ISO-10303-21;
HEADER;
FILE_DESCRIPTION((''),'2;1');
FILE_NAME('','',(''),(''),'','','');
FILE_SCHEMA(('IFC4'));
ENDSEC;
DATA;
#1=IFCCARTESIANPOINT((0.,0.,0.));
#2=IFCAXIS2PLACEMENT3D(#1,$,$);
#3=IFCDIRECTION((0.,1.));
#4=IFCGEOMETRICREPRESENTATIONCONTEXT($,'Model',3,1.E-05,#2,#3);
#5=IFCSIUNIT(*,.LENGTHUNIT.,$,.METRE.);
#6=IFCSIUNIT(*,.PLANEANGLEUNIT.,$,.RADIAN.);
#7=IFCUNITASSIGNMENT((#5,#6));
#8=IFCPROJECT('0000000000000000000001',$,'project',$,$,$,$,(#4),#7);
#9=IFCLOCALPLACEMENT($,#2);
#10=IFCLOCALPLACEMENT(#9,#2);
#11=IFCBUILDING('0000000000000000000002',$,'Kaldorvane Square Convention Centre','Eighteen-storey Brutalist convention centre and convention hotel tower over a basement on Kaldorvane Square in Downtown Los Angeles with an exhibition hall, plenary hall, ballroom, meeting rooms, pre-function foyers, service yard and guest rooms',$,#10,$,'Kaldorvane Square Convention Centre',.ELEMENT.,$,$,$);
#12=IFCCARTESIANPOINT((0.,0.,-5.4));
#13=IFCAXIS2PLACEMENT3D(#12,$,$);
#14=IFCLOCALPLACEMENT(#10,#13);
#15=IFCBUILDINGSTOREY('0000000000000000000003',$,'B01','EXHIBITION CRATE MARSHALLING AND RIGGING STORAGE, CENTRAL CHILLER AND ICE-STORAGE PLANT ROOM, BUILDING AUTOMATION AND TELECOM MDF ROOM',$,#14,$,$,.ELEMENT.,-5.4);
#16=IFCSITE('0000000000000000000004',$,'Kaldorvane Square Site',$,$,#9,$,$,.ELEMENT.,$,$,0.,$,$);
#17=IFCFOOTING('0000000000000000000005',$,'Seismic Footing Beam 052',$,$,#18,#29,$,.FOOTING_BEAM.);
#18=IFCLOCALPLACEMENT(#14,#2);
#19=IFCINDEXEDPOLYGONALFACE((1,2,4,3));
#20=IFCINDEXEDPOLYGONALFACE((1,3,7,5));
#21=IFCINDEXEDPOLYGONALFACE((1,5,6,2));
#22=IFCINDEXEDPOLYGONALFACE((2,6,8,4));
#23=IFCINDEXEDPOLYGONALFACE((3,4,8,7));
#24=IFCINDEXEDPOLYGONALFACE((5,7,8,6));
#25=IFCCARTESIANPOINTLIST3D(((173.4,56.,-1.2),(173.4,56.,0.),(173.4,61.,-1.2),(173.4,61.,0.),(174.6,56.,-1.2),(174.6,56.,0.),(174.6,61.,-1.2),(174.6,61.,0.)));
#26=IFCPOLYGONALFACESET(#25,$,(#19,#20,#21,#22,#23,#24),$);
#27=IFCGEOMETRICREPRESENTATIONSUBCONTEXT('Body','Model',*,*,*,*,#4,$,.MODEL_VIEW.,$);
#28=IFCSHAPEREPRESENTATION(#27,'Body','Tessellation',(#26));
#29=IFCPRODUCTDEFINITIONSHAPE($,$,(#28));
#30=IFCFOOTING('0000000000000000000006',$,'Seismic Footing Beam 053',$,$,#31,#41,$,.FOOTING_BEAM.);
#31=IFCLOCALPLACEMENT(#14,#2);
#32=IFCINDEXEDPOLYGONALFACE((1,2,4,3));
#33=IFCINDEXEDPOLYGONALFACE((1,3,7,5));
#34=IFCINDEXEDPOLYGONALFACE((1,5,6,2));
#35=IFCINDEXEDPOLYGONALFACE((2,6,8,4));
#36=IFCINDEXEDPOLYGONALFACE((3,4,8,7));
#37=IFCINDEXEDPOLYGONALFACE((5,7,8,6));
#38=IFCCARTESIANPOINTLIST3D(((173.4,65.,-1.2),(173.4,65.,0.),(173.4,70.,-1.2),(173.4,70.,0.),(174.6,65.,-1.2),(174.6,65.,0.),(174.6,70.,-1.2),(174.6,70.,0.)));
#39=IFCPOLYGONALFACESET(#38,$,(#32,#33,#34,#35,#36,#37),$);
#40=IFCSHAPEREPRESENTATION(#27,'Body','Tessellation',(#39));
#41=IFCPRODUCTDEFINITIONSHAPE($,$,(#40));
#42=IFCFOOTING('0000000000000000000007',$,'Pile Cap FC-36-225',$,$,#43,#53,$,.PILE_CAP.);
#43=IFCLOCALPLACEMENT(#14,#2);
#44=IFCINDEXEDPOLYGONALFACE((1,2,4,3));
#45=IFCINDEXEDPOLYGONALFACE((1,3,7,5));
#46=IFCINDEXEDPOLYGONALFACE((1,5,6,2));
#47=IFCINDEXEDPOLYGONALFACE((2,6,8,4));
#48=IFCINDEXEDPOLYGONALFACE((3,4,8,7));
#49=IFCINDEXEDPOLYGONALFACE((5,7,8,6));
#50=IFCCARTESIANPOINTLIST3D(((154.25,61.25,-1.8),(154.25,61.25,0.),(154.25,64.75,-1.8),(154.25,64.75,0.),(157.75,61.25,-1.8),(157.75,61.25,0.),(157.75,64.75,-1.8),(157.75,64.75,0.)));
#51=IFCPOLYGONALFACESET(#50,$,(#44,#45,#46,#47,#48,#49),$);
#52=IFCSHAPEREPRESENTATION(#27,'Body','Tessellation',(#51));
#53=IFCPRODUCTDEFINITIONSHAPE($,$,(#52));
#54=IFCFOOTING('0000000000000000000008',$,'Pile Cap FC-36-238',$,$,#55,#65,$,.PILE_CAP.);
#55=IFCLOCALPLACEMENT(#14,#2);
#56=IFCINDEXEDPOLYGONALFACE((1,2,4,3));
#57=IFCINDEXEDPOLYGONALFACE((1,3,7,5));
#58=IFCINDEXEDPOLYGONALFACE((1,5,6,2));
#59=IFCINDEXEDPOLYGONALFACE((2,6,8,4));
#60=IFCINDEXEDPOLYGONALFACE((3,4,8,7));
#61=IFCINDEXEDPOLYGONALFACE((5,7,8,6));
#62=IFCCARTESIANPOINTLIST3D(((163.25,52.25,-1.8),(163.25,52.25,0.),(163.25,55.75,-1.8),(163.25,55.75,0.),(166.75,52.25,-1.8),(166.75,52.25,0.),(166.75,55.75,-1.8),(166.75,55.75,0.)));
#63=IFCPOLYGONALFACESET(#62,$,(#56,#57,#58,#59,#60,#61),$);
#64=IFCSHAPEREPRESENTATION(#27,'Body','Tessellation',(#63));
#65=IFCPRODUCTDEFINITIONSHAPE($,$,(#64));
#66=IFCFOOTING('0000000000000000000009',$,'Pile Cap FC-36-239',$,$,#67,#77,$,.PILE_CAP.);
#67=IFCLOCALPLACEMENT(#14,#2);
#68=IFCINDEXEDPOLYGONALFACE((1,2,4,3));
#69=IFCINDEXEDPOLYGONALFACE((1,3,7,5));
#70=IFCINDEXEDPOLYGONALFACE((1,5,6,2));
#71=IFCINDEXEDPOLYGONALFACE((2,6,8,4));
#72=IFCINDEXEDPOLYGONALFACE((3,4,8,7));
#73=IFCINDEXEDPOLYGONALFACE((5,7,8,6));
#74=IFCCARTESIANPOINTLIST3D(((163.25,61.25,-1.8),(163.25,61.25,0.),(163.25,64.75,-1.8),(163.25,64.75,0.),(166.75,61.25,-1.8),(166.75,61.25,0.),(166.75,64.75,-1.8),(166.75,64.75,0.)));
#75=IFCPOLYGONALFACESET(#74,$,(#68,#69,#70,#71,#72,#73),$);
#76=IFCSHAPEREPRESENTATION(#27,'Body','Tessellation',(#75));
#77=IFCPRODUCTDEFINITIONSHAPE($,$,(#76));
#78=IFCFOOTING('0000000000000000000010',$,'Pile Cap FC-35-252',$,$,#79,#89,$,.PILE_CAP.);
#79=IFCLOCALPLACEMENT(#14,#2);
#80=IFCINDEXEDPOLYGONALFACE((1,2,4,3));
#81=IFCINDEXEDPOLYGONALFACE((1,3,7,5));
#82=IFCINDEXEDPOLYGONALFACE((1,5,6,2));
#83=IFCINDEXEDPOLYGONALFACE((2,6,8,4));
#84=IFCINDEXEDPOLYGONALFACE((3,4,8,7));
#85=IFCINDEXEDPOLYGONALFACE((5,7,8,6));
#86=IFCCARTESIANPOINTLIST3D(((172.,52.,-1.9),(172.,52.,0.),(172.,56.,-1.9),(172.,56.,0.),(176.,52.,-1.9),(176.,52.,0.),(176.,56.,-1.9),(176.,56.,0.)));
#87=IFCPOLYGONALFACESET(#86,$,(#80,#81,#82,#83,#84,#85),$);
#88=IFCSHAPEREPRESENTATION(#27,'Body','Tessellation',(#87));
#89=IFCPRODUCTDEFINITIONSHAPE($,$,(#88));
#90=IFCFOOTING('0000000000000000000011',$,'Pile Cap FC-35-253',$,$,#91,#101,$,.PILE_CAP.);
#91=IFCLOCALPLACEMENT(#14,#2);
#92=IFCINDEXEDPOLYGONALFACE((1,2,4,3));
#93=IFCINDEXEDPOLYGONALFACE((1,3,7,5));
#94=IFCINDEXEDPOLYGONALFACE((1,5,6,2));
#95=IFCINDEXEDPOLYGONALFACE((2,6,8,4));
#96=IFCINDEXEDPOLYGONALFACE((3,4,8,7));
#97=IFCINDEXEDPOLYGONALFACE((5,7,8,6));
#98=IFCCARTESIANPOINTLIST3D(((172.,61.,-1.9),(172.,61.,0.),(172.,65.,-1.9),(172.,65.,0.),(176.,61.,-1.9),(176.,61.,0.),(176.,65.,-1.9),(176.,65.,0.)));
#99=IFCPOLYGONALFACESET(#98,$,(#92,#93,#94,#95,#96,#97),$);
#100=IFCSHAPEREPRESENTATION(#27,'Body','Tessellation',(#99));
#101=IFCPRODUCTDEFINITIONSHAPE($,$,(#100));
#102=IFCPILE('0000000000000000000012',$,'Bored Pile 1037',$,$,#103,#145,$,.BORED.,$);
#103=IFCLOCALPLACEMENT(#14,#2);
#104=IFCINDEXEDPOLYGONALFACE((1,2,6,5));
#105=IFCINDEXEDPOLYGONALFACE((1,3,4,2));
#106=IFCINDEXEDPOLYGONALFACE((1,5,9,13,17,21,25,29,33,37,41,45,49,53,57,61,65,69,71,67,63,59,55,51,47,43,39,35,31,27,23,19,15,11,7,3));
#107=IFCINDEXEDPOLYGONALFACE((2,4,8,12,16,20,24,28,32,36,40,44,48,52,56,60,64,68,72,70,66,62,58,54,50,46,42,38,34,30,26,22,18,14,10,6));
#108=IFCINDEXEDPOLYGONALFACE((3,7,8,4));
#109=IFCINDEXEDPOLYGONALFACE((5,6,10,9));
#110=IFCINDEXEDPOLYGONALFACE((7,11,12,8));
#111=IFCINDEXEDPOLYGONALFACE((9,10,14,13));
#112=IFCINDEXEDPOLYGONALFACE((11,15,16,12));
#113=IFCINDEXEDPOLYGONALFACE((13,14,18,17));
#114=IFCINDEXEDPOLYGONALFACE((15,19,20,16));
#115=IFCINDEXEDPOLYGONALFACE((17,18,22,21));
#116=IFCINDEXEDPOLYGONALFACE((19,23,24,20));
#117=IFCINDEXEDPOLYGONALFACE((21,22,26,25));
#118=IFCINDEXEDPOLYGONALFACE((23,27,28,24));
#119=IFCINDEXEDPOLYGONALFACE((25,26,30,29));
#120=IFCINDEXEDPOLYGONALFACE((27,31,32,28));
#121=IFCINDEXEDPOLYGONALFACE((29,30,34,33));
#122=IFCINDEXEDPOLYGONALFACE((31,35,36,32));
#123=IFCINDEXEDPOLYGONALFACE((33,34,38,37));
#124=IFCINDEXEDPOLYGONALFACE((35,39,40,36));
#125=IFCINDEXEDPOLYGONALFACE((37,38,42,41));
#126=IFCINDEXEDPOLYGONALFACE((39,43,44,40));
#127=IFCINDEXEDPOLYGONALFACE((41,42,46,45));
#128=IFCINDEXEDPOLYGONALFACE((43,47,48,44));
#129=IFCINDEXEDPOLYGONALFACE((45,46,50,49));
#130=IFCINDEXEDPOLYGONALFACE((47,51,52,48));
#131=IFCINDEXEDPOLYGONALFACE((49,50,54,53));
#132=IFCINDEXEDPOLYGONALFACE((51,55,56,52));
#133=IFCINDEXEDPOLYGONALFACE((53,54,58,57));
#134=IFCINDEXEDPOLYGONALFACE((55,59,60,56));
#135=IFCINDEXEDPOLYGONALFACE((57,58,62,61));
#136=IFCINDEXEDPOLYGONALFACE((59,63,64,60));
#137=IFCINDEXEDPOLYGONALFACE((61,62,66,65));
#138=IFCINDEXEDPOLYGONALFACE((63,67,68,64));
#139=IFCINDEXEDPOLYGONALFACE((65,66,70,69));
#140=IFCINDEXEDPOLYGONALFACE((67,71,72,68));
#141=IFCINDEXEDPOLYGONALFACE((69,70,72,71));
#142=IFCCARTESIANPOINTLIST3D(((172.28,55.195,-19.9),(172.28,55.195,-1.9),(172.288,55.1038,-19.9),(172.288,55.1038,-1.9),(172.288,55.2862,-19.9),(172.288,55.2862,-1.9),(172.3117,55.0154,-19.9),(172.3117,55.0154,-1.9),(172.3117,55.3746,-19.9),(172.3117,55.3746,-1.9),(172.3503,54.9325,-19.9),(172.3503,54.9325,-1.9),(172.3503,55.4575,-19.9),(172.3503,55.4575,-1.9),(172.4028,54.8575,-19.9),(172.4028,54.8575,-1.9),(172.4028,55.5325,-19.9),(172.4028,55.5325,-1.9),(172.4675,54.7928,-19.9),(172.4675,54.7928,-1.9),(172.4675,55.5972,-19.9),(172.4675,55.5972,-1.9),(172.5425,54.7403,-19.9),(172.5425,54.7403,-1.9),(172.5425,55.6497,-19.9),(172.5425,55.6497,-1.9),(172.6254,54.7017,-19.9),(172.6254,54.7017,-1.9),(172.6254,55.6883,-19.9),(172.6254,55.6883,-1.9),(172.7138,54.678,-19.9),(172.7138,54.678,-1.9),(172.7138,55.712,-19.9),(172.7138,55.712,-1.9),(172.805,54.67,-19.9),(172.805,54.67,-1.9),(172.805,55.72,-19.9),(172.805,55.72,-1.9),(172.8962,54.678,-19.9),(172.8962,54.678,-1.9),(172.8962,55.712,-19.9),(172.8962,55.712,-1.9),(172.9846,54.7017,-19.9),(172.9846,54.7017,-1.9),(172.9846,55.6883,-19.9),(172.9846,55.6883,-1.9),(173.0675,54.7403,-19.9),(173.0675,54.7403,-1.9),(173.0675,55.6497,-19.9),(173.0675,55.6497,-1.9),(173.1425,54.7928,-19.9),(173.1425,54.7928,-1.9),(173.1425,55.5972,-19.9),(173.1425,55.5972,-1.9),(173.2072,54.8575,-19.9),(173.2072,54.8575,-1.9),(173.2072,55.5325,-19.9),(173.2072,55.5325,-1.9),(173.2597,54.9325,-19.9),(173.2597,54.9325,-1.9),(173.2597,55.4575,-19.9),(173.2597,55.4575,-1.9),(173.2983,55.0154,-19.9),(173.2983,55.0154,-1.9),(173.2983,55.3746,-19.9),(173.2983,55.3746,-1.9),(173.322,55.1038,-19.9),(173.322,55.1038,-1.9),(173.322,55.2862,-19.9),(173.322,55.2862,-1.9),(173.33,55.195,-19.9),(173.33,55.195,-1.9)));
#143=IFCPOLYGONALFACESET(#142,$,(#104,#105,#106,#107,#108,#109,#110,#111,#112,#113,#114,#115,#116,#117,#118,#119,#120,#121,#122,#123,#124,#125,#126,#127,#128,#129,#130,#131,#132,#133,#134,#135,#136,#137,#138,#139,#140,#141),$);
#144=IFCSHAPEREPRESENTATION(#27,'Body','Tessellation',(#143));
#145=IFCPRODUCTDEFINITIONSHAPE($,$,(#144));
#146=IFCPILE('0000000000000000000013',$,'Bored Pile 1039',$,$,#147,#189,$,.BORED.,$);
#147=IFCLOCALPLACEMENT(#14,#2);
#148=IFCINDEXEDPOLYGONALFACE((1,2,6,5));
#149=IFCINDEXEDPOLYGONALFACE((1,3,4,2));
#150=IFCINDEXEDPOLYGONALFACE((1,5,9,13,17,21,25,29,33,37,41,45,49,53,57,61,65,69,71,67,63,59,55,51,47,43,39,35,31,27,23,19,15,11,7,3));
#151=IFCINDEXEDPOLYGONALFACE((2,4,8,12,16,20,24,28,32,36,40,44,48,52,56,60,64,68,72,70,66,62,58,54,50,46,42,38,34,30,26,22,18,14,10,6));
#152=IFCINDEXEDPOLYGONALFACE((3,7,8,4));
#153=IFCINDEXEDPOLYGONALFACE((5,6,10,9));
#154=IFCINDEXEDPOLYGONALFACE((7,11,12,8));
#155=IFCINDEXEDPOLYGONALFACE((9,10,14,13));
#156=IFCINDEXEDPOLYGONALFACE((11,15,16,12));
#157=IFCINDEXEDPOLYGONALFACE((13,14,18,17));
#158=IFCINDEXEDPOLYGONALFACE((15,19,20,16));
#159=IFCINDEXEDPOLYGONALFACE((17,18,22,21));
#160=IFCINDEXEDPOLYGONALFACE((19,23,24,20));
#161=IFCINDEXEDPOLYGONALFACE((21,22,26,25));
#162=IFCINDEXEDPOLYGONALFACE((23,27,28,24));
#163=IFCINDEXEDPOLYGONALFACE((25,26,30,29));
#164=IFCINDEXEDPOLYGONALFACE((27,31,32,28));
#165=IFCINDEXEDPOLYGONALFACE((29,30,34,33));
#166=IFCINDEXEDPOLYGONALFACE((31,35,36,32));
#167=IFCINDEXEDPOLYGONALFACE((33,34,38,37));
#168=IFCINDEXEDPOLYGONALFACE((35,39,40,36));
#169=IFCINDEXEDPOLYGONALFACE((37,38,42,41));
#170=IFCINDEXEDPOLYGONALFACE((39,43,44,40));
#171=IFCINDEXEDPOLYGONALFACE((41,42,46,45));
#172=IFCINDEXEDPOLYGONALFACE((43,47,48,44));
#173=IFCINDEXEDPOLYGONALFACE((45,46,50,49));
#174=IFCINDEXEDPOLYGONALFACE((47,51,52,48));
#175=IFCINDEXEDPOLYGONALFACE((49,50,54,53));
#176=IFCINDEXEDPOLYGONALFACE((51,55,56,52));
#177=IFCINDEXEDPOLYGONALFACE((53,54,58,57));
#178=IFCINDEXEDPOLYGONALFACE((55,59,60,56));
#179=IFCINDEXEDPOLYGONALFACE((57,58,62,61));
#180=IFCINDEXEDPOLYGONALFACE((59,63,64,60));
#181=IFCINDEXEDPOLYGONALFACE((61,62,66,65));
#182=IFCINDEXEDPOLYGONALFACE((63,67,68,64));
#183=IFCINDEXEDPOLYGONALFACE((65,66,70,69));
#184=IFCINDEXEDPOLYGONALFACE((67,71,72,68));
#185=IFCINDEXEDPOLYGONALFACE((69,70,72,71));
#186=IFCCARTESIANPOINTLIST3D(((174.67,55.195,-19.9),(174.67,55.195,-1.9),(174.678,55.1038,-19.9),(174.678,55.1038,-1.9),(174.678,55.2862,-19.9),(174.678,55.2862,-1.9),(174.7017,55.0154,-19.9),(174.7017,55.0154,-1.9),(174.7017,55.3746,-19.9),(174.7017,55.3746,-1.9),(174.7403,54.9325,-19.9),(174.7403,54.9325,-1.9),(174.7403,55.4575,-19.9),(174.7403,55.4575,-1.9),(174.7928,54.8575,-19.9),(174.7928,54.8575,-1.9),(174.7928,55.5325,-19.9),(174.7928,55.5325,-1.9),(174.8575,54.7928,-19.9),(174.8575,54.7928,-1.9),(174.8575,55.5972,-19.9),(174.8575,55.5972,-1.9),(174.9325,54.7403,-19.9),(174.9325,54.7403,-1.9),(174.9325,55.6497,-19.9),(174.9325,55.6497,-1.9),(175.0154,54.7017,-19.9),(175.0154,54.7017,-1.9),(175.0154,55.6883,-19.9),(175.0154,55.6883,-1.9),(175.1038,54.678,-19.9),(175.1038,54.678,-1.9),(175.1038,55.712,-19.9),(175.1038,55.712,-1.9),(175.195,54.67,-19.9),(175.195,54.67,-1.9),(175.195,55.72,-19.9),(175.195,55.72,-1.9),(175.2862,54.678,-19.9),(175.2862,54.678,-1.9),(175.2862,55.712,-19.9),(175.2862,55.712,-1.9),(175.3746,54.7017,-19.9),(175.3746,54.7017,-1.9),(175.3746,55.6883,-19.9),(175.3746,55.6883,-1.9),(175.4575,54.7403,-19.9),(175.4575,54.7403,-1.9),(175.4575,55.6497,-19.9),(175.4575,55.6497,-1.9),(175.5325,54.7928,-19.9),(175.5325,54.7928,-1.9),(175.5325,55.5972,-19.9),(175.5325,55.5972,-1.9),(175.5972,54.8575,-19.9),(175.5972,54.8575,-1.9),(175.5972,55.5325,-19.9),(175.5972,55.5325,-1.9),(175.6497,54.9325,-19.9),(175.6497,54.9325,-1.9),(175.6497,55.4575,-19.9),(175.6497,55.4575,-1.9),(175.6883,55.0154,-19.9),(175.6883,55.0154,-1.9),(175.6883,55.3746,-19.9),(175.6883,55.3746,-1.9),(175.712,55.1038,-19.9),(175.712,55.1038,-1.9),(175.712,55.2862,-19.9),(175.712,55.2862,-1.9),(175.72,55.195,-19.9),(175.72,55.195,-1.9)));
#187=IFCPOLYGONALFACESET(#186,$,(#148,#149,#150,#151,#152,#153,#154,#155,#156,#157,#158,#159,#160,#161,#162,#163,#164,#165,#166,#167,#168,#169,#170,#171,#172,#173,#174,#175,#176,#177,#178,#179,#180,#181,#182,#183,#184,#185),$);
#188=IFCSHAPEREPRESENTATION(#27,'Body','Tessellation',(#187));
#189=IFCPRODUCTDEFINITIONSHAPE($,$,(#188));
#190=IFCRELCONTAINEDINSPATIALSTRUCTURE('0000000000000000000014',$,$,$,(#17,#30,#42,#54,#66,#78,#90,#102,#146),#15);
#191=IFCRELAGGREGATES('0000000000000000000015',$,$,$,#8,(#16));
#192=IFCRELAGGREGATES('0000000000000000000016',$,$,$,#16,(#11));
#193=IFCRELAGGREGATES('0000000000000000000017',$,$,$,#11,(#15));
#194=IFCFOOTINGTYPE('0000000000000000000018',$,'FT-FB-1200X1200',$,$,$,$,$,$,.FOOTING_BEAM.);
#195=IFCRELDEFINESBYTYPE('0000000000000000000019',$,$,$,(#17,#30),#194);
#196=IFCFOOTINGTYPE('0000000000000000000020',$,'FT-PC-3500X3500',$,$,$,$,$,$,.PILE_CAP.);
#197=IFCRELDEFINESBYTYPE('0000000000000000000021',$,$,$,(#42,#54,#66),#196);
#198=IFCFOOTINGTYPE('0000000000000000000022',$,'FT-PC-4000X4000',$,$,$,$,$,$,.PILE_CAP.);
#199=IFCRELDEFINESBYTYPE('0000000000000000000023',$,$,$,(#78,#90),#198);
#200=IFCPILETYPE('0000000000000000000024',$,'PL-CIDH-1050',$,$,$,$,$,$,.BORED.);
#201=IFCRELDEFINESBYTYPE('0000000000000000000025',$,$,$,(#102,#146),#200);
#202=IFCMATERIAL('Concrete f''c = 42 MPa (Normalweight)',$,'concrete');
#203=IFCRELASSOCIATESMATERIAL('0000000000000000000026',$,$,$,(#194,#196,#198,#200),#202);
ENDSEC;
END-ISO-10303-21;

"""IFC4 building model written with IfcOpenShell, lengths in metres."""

from ifc_helpers import new_model, si_unit, direction, frame, origin, origin_2d, place, context, subcontext, project, spatial, rectangle, circle, extrude, material, material_profile, profile_set, type_object, element, save


model = new_model("IFC4")

# Units and contexts
model_context = context("Model", 3, precision=1e-05, world=origin(), true_north=direction((0.0, 1.0)))
body_context = subcontext(model_context, "Body", "Model", "MODEL_VIEW")
ifc_project = project(units=[si_unit("LENGTHUNIT", "METRE"), si_unit("PLANEANGLEUNIT", "RADIAN")], contexts=[model_context])

# Site, building, storey
site_placement = place(None, origin())
site = spatial("IfcSite", under=ifc_project, at=site_placement, Name="Kaldorvane Square Site", CompositionType="ELEMENT", RefElevation=0.0)
building_placement = place(site_placement, origin())
building = spatial("IfcBuilding", under=site, at=building_placement, Name="Kaldorvane Square Convention Centre", Description="Eighteen-storey Brutalist convention centre and convention hotel tower over a basement on Kaldorvane Square in Downtown Los Angeles with an exhibition hall, plenary hall, ballroom, meeting rooms, pre-function foyers, service yard and guest rooms", LongName="Kaldorvane Square Convention Centre", CompositionType="ELEMENT")
storey_placement = place(building_placement, frame((0.0, 0.0, -5.4)))
storey = spatial("IfcBuildingStorey", under=building, at=storey_placement, Name="B01", Description="EXHIBITION CRATE MARSHALLING AND RIGGING STORAGE, CENTRAL CHILLER AND ICE-STORAGE PLANT ROOM, BUILDING AUTOMATION AND TELECOM MDF ROOM", CompositionType="ELEMENT", Elevation=-5.4)

# Footings
ifc_material_1 = material(Name="Concrete f'c = 42 MPa (Normalweight)", Category="concrete")
footing_type_1 = type_object("IfcFootingType", Name="FT-FB-1200X1200", PredefinedType="FOOTING_BEAM", material=ifc_material_1)
for number, where, z_axis, x_axis, name in (
    (1, (174.0, 58.5, -1.2), (0.0, 0.0, 1.0), (1.0, 0.0, 0.0), "Seismic Footing Beam 052"),
    (2, (174.0, 67.5, -1.2), (0.0, 0.0, 1.0), (1.0, 0.0, 0.0), "Seismic Footing Beam 053"),
):
    element("IfcFooting", number, at=place(storey_placement, frame(where, z_axis=z_axis, x_axis=x_axis)), inside=storey, type_object=footing_type_1, Name=name, PredefinedType="FOOTING_BEAM", context=body_context, shape_type="SweptSolid", body=[
        extrude(rectangle(XDim=1.2, YDim=5.0, at=origin_2d()), origin(), (0.0, 0.0, 1.0), 1.2),
    ])
footing_type_2 = type_object("IfcFootingType", Name="FT-PC-3500X3500", PredefinedType="PILE_CAP", material=ifc_material_1)
for number, where, z_axis, x_axis, name in (
    (3, (156.0, 63.0, -1.8), (0.0, 0.0, 1.0), (1.0, 0.0, 0.0), "Pile Cap FC-36-225"),
    (4, (165.0, 54.0, -1.8), (0.0, 0.0, 1.0), (1.0, 0.0, 0.0), "Pile Cap FC-36-238"),
    (5, (165.0, 63.0, -1.8), (0.0, 0.0, 1.0), (1.0, 0.0, 0.0), "Pile Cap FC-36-239"),
):
    element("IfcFooting", number, at=place(storey_placement, frame(where, z_axis=z_axis, x_axis=x_axis)), inside=storey, type_object=footing_type_2, Name=name, PredefinedType="PILE_CAP", context=body_context, shape_type="SweptSolid", body=[
        extrude(rectangle(XDim=3.5, YDim=3.5, at=origin_2d()), origin(), (0.0, 0.0, 1.0), 1.8),
    ])
footing_type_3 = type_object("IfcFootingType", Name="FT-PC-4000X4000", PredefinedType="PILE_CAP", material=ifc_material_1)
for number, where, z_axis, x_axis, name in (
    (6, (174.0, 54.0, -1.9), (0.0, 0.0, 1.0), (1.0, 0.0, 0.0), "Pile Cap FC-35-252"),
    (7, (174.0, 63.0, -1.9), (0.0, 0.0, 1.0), (1.0, 0.0, 0.0), "Pile Cap FC-35-253"),
):
    element("IfcFooting", number, at=place(storey_placement, frame(where, z_axis=z_axis, x_axis=x_axis)), inside=storey, type_object=footing_type_3, Name=name, PredefinedType="PILE_CAP", context=body_context, shape_type="SweptSolid", body=[
        extrude(rectangle(XDim=4.0, YDim=4.0, at=origin_2d()), origin(), (0.0, 0.0, 1.0), 1.9),
    ])

# Piles
ifc_material_profile_1 = material_profile(ifc_material_1, circle(Radius=0.525, at=origin_2d()), Name="PILE-D1050")
ifc_profile_set_1 = profile_set([ifc_material_profile_1], Name="Concrete f'c = 42 MPa (Normalweight)")
pile_type_1 = type_object("IfcPileType", Name="PL-CIDH-1050", PredefinedType="BORED", material=ifc_profile_set_1)
for number, where, z_axis, x_axis, name in (
    (8, (172.805, 55.195, -1.9), (0.0, 0.0, -1.0), (1.0, 0.0, 0.0), "Bored Pile 1037"),
    (9, (175.195, 55.195, -1.9), (0.0, 0.0, -1.0), (1.0, 0.0, 0.0), "Bored Pile 1039"),
):
    element("IfcPile", number, at=place(storey_placement, frame(where, z_axis=z_axis, x_axis=x_axis)), inside=storey, type_object=pile_type_1, Name=name, PredefinedType="BORED", context=body_context, shape_type="SweptSolid", body=[
        extrude(circle(Radius=0.525, at=origin_2d()), origin(), (0.0, 0.0, 1.0), 18.0),
    ])

save(model, "model.ifc")
